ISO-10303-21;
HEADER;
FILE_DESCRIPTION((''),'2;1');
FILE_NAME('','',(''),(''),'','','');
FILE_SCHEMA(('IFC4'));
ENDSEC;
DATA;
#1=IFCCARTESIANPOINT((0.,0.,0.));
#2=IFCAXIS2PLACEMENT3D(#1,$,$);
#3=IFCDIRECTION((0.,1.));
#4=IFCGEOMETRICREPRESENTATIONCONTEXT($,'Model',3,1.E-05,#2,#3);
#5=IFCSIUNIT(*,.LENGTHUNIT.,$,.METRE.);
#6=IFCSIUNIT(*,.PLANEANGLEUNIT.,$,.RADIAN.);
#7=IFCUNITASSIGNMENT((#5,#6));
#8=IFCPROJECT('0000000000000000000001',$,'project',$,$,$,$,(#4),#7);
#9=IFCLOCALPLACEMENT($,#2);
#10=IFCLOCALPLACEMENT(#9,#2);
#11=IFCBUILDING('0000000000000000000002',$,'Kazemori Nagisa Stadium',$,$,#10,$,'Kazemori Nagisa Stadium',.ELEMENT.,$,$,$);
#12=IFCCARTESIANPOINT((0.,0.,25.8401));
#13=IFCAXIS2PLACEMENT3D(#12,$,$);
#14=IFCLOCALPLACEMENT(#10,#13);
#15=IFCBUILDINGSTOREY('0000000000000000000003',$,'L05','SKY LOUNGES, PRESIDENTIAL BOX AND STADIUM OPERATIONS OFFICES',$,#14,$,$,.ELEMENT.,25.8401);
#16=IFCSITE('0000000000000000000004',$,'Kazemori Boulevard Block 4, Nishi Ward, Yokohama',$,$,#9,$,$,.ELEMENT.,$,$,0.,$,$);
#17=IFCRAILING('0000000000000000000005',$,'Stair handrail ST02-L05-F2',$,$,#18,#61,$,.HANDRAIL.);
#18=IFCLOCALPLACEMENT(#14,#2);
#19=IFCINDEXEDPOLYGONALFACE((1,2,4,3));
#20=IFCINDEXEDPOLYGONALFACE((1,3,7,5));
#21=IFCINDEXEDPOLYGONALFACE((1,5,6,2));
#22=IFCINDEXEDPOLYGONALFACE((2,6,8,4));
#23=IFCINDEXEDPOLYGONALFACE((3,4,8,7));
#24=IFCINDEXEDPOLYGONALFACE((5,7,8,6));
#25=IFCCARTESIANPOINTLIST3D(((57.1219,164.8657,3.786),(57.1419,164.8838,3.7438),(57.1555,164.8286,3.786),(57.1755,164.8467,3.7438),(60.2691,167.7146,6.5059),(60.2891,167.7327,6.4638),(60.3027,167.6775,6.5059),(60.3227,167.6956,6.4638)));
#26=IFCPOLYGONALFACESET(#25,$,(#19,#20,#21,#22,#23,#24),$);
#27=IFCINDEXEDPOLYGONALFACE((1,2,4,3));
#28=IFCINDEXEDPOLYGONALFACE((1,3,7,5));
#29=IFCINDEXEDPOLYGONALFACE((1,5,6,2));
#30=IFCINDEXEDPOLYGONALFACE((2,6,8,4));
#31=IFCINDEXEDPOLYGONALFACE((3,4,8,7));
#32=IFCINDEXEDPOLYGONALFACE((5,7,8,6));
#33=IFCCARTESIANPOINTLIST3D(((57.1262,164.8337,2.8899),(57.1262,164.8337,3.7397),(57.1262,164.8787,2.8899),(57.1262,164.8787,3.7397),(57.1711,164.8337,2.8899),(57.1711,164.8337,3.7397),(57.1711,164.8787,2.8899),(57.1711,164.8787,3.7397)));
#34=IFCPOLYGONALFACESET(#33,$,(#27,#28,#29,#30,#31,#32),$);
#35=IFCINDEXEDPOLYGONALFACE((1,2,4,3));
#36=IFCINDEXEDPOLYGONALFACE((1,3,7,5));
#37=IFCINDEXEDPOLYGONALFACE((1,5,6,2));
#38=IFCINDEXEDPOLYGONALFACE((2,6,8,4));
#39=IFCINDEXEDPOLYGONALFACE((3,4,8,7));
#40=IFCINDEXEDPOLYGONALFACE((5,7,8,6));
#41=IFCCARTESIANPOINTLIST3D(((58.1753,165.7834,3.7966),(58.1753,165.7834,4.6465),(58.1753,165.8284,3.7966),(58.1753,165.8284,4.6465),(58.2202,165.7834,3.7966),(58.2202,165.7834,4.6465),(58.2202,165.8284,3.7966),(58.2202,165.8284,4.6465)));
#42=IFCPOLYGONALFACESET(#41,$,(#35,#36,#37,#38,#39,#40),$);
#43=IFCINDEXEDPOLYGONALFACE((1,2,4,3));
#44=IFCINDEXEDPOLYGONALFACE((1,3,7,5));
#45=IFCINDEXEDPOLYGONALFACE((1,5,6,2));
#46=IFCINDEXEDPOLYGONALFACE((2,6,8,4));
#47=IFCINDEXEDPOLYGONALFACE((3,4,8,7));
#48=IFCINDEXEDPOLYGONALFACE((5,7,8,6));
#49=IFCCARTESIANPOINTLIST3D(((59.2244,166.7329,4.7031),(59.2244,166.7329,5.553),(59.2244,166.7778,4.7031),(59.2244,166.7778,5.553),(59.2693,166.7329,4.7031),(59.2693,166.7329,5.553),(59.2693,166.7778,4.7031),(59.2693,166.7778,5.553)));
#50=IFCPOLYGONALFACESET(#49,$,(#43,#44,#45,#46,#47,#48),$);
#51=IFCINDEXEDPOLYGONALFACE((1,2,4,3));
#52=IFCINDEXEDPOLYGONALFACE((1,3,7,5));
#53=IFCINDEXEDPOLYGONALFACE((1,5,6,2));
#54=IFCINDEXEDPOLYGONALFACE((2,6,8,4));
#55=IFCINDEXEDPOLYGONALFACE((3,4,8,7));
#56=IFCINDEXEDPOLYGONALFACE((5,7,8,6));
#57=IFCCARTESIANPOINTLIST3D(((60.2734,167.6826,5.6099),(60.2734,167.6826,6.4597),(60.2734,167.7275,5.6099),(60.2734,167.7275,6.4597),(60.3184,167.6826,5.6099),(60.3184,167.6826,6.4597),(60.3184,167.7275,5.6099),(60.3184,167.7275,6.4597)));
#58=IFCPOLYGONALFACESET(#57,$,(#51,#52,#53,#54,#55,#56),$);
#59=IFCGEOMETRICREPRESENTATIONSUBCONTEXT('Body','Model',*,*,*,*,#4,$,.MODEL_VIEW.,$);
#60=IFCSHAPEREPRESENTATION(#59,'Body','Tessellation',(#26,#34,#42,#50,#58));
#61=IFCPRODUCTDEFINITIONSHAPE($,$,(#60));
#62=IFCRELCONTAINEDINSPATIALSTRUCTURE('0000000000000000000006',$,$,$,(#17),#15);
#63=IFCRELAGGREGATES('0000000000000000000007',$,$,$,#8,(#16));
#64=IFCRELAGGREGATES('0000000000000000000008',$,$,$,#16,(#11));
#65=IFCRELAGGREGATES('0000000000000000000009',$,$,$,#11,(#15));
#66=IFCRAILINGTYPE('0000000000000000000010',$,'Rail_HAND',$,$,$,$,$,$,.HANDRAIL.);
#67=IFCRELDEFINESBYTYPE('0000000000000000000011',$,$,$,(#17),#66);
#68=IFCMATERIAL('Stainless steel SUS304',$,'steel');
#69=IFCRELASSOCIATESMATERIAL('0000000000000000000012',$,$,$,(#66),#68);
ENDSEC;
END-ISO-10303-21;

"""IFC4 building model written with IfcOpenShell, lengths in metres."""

from ifc_helpers import new_model, si_unit, direction, frame, origin, origin_2d, place, context, subcontext, project, spatial, rectangle, extrude, material, type_object, element, save


model = new_model("IFC4")

# Units and contexts
model_context = context("Model", 3, precision=1e-05, world=origin(), true_north=direction((0.0, 1.0)))
body_context = subcontext(model_context, "Body", "Model", "MODEL_VIEW")
ifc_project = project(units=[si_unit("LENGTHUNIT", "METRE"), si_unit("PLANEANGLEUNIT", "RADIAN")], contexts=[model_context])

# Site, building, storey
site_placement = place(None, origin())
site = spatial("IfcSite", under=ifc_project, at=site_placement, Name="Kazemori Boulevard Block 4, Nishi Ward, Yokohama", CompositionType="ELEMENT", RefElevation=0.0)
building_placement = place(site_placement, origin())
building = spatial("IfcBuilding", under=site, at=building_placement, Name="Kazemori Nagisa Stadium", LongName="Kazemori Nagisa Stadium", CompositionType="ELEMENT")
storey_placement = place(building_placement, frame((0.0, 0.0, 25.8401)))
storey = spatial("IfcBuildingStorey", under=building, at=storey_placement, Name="L05", Description="SKY LOUNGES, PRESIDENTIAL BOX AND STADIUM OPERATIONS OFFICES", CompositionType="ELEMENT", Elevation=25.8401)

# Shared definitions
ifc_material_1 = material(Name="Stainless steel SUS304", Category="steel")

# Railing
railing_type_1 = type_object("IfcRailingType", Name="Rail_HAND", PredefinedType="HANDRAIL", material=ifc_material_1)
railing_1_placement = place(storey_placement, frame((57.1487, 164.8562, 2.8899)))
element("IfcRailing", 1, at=railing_1_placement, inside=storey, type_object=railing_type_1, Name="Stair handrail ST02-L05-F2", PredefinedType="HANDRAIL", context=body_context, shape_type="SweptSolid", body=[
    extrude(rectangle(XDim=0.05, YDim=0.05, at=origin_2d()), frame((0.0, 0.0, 0.875), z_axis=(0.62423, 0.565056, 0.539489), x_axis=(-0.671094, 0.741372, 0.0)), (0.0, 0.0, 1.0), 5.0417),
    extrude(rectangle(XDim=0.0449, YDim=0.0449, at=origin_2d()), origin(), (0.0, 0.0, 1.0), 0.8499),
    extrude(rectangle(XDim=0.0449, YDim=0.0449, at=origin_2d()), frame((1.0491, 0.9497, 0.9067)), (0.0, 0.0, 1.0), 0.8499),
    extrude(rectangle(XDim=0.0449, YDim=0.0449, at=origin_2d()), frame((2.0981, 1.8992, 1.8132)), (0.0, 0.0, 1.0), 0.8499),
    extrude(rectangle(XDim=0.0449, YDim=0.0449, at=origin_2d()), frame((3.1472, 2.8489, 2.72)), (0.0, 0.0, 1.0), 0.8499),
])

save(model, "model.ifc")
